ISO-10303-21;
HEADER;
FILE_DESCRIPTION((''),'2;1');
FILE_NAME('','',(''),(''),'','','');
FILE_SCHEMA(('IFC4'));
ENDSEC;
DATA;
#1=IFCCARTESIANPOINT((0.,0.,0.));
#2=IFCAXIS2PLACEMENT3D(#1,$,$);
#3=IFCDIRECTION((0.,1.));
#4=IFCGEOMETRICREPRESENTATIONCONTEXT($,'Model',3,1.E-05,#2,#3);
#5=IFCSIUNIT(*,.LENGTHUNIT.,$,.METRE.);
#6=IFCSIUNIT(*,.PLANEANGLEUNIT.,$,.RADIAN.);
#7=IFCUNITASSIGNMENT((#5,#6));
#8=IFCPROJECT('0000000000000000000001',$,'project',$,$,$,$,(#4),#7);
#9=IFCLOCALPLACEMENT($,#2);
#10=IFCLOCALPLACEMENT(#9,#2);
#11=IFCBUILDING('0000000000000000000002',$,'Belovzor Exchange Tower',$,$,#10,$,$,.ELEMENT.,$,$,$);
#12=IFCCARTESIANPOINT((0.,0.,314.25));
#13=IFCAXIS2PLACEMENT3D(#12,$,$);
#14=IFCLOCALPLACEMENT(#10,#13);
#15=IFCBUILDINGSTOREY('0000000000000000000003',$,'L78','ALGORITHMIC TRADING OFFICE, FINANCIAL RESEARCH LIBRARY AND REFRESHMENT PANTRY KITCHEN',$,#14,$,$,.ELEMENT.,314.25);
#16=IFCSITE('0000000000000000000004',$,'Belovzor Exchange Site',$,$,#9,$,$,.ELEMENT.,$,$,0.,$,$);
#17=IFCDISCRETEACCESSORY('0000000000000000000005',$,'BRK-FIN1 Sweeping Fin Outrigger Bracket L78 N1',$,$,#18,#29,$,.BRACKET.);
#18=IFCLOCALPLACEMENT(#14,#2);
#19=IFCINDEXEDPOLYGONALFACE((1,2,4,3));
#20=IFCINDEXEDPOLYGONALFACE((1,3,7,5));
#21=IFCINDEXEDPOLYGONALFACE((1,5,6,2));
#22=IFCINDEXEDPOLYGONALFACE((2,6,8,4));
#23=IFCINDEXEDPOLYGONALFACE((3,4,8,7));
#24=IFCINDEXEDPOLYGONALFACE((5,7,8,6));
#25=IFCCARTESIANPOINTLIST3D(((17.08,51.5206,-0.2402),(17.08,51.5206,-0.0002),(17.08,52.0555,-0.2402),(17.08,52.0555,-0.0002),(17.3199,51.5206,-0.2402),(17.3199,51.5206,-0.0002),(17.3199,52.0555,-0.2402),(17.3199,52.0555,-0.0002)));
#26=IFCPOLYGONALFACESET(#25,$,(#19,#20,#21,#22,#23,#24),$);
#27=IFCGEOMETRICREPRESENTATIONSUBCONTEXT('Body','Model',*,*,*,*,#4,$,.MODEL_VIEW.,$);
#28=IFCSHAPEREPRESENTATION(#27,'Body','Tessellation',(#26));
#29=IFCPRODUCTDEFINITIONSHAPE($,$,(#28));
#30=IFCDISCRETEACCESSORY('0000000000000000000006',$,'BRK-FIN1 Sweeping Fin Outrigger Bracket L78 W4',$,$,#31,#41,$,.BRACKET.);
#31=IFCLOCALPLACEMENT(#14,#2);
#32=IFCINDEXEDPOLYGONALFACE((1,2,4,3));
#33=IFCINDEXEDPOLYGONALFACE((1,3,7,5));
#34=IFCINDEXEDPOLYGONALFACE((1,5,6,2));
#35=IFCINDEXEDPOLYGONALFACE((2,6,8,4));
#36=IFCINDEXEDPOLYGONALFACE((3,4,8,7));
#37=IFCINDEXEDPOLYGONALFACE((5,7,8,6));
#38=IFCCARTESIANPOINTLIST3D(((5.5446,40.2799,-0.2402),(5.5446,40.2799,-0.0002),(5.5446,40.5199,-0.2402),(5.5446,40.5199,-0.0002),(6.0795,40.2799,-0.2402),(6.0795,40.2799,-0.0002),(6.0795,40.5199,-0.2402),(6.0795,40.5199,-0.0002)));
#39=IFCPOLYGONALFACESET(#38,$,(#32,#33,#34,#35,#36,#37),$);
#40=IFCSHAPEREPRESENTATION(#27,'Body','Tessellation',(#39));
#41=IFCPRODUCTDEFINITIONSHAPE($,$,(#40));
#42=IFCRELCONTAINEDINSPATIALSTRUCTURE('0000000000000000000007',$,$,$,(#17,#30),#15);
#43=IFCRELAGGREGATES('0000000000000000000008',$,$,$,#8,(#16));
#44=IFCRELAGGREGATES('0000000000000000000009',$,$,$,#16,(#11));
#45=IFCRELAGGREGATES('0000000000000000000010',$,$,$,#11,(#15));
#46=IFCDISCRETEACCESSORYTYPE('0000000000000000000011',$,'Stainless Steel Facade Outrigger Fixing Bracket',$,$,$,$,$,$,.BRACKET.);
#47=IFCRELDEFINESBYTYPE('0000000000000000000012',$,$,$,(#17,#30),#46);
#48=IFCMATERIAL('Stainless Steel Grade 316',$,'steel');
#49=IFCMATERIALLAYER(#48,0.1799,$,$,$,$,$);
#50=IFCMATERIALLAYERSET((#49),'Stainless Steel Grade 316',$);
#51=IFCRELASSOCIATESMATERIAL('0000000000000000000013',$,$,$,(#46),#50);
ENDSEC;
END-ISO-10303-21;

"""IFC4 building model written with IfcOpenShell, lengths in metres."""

from ifc_helpers import new_model, si_unit, direction, frame, origin, origin_2d, place, context, subcontext, project, spatial, rectangle, extrude, material, layer, layer_set, type_object, element, save


model = new_model("IFC4")

# Units and contexts
model_context = context("Model", 3, precision=1e-05, world=origin(), true_north=direction((0.0, 1.0)))
body_context = subcontext(model_context, "Body", "Model", "MODEL_VIEW")
ifc_project = project(units=[si_unit("LENGTHUNIT", "METRE"), si_unit("PLANEANGLEUNIT", "RADIAN")], contexts=[model_context])

# Site, building, storey
site_placement = place(None, origin())
site = spatial("IfcSite", under=ifc_project, at=site_placement, Name="Belovzor Exchange Site", CompositionType="ELEMENT", RefElevation=0.0)
building_placement = place(site_placement, origin())
building = spatial("IfcBuilding", under=site, at=building_placement, Name="Belovzor Exchange Tower", CompositionType="ELEMENT")
storey_placement = place(building_placement, frame((0.0, 0.0, 314.25)))
storey = spatial("IfcBuildingStorey", under=building, at=storey_placement, Name="L78", Description="ALGORITHMIC TRADING OFFICE, FINANCIAL RESEARCH LIBRARY AND REFRESHMENT PANTRY KITCHEN", CompositionType="ELEMENT", Elevation=314.25)

# Discrete accessories
ifc_material_1 = material(Name="Stainless Steel Grade 316", Category="steel")
ifc_layer_1 = layer(ifc_material_1, 0.1799)
ifc_layer_set_1 = layer_set([ifc_layer_1], Name="Stainless Steel Grade 316")
discrete_accessory_type = type_object("IfcDiscreteAccessoryType", Name="Stainless Steel Facade Outrigger Fixing Bracket", PredefinedType="BRACKET", material=ifc_layer_set_1)
for number, where, z_axis, x_axis, name in (
    (1, (17.2, 51.7881, -0.2402), (0.0, 0.0, 1.0), (0.0, 1.0, 0.0), "BRK-FIN1 Sweeping Fin Outrigger Bracket L78 N1"),
    (2, (5.812, 40.3999, -0.2402), (0.0, 0.0, 1.0), (1.0, 0.0, 0.0), "BRK-FIN1 Sweeping Fin Outrigger Bracket L78 W4"),
):
    element("IfcDiscreteAccessory", number, at=place(storey_placement, frame(where, z_axis=z_axis, x_axis=x_axis)), inside=storey, type_object=discrete_accessory_type, Name=name, PredefinedType="BRACKET", context=body_context, shape_type="SweptSolid", body=[
        extrude(rectangle(XDim=0.5349, YDim=0.24, at=origin_2d()), origin(), (0.0, 0.0, 1.0), 0.24),
    ])

save(model, "model.ifc")
